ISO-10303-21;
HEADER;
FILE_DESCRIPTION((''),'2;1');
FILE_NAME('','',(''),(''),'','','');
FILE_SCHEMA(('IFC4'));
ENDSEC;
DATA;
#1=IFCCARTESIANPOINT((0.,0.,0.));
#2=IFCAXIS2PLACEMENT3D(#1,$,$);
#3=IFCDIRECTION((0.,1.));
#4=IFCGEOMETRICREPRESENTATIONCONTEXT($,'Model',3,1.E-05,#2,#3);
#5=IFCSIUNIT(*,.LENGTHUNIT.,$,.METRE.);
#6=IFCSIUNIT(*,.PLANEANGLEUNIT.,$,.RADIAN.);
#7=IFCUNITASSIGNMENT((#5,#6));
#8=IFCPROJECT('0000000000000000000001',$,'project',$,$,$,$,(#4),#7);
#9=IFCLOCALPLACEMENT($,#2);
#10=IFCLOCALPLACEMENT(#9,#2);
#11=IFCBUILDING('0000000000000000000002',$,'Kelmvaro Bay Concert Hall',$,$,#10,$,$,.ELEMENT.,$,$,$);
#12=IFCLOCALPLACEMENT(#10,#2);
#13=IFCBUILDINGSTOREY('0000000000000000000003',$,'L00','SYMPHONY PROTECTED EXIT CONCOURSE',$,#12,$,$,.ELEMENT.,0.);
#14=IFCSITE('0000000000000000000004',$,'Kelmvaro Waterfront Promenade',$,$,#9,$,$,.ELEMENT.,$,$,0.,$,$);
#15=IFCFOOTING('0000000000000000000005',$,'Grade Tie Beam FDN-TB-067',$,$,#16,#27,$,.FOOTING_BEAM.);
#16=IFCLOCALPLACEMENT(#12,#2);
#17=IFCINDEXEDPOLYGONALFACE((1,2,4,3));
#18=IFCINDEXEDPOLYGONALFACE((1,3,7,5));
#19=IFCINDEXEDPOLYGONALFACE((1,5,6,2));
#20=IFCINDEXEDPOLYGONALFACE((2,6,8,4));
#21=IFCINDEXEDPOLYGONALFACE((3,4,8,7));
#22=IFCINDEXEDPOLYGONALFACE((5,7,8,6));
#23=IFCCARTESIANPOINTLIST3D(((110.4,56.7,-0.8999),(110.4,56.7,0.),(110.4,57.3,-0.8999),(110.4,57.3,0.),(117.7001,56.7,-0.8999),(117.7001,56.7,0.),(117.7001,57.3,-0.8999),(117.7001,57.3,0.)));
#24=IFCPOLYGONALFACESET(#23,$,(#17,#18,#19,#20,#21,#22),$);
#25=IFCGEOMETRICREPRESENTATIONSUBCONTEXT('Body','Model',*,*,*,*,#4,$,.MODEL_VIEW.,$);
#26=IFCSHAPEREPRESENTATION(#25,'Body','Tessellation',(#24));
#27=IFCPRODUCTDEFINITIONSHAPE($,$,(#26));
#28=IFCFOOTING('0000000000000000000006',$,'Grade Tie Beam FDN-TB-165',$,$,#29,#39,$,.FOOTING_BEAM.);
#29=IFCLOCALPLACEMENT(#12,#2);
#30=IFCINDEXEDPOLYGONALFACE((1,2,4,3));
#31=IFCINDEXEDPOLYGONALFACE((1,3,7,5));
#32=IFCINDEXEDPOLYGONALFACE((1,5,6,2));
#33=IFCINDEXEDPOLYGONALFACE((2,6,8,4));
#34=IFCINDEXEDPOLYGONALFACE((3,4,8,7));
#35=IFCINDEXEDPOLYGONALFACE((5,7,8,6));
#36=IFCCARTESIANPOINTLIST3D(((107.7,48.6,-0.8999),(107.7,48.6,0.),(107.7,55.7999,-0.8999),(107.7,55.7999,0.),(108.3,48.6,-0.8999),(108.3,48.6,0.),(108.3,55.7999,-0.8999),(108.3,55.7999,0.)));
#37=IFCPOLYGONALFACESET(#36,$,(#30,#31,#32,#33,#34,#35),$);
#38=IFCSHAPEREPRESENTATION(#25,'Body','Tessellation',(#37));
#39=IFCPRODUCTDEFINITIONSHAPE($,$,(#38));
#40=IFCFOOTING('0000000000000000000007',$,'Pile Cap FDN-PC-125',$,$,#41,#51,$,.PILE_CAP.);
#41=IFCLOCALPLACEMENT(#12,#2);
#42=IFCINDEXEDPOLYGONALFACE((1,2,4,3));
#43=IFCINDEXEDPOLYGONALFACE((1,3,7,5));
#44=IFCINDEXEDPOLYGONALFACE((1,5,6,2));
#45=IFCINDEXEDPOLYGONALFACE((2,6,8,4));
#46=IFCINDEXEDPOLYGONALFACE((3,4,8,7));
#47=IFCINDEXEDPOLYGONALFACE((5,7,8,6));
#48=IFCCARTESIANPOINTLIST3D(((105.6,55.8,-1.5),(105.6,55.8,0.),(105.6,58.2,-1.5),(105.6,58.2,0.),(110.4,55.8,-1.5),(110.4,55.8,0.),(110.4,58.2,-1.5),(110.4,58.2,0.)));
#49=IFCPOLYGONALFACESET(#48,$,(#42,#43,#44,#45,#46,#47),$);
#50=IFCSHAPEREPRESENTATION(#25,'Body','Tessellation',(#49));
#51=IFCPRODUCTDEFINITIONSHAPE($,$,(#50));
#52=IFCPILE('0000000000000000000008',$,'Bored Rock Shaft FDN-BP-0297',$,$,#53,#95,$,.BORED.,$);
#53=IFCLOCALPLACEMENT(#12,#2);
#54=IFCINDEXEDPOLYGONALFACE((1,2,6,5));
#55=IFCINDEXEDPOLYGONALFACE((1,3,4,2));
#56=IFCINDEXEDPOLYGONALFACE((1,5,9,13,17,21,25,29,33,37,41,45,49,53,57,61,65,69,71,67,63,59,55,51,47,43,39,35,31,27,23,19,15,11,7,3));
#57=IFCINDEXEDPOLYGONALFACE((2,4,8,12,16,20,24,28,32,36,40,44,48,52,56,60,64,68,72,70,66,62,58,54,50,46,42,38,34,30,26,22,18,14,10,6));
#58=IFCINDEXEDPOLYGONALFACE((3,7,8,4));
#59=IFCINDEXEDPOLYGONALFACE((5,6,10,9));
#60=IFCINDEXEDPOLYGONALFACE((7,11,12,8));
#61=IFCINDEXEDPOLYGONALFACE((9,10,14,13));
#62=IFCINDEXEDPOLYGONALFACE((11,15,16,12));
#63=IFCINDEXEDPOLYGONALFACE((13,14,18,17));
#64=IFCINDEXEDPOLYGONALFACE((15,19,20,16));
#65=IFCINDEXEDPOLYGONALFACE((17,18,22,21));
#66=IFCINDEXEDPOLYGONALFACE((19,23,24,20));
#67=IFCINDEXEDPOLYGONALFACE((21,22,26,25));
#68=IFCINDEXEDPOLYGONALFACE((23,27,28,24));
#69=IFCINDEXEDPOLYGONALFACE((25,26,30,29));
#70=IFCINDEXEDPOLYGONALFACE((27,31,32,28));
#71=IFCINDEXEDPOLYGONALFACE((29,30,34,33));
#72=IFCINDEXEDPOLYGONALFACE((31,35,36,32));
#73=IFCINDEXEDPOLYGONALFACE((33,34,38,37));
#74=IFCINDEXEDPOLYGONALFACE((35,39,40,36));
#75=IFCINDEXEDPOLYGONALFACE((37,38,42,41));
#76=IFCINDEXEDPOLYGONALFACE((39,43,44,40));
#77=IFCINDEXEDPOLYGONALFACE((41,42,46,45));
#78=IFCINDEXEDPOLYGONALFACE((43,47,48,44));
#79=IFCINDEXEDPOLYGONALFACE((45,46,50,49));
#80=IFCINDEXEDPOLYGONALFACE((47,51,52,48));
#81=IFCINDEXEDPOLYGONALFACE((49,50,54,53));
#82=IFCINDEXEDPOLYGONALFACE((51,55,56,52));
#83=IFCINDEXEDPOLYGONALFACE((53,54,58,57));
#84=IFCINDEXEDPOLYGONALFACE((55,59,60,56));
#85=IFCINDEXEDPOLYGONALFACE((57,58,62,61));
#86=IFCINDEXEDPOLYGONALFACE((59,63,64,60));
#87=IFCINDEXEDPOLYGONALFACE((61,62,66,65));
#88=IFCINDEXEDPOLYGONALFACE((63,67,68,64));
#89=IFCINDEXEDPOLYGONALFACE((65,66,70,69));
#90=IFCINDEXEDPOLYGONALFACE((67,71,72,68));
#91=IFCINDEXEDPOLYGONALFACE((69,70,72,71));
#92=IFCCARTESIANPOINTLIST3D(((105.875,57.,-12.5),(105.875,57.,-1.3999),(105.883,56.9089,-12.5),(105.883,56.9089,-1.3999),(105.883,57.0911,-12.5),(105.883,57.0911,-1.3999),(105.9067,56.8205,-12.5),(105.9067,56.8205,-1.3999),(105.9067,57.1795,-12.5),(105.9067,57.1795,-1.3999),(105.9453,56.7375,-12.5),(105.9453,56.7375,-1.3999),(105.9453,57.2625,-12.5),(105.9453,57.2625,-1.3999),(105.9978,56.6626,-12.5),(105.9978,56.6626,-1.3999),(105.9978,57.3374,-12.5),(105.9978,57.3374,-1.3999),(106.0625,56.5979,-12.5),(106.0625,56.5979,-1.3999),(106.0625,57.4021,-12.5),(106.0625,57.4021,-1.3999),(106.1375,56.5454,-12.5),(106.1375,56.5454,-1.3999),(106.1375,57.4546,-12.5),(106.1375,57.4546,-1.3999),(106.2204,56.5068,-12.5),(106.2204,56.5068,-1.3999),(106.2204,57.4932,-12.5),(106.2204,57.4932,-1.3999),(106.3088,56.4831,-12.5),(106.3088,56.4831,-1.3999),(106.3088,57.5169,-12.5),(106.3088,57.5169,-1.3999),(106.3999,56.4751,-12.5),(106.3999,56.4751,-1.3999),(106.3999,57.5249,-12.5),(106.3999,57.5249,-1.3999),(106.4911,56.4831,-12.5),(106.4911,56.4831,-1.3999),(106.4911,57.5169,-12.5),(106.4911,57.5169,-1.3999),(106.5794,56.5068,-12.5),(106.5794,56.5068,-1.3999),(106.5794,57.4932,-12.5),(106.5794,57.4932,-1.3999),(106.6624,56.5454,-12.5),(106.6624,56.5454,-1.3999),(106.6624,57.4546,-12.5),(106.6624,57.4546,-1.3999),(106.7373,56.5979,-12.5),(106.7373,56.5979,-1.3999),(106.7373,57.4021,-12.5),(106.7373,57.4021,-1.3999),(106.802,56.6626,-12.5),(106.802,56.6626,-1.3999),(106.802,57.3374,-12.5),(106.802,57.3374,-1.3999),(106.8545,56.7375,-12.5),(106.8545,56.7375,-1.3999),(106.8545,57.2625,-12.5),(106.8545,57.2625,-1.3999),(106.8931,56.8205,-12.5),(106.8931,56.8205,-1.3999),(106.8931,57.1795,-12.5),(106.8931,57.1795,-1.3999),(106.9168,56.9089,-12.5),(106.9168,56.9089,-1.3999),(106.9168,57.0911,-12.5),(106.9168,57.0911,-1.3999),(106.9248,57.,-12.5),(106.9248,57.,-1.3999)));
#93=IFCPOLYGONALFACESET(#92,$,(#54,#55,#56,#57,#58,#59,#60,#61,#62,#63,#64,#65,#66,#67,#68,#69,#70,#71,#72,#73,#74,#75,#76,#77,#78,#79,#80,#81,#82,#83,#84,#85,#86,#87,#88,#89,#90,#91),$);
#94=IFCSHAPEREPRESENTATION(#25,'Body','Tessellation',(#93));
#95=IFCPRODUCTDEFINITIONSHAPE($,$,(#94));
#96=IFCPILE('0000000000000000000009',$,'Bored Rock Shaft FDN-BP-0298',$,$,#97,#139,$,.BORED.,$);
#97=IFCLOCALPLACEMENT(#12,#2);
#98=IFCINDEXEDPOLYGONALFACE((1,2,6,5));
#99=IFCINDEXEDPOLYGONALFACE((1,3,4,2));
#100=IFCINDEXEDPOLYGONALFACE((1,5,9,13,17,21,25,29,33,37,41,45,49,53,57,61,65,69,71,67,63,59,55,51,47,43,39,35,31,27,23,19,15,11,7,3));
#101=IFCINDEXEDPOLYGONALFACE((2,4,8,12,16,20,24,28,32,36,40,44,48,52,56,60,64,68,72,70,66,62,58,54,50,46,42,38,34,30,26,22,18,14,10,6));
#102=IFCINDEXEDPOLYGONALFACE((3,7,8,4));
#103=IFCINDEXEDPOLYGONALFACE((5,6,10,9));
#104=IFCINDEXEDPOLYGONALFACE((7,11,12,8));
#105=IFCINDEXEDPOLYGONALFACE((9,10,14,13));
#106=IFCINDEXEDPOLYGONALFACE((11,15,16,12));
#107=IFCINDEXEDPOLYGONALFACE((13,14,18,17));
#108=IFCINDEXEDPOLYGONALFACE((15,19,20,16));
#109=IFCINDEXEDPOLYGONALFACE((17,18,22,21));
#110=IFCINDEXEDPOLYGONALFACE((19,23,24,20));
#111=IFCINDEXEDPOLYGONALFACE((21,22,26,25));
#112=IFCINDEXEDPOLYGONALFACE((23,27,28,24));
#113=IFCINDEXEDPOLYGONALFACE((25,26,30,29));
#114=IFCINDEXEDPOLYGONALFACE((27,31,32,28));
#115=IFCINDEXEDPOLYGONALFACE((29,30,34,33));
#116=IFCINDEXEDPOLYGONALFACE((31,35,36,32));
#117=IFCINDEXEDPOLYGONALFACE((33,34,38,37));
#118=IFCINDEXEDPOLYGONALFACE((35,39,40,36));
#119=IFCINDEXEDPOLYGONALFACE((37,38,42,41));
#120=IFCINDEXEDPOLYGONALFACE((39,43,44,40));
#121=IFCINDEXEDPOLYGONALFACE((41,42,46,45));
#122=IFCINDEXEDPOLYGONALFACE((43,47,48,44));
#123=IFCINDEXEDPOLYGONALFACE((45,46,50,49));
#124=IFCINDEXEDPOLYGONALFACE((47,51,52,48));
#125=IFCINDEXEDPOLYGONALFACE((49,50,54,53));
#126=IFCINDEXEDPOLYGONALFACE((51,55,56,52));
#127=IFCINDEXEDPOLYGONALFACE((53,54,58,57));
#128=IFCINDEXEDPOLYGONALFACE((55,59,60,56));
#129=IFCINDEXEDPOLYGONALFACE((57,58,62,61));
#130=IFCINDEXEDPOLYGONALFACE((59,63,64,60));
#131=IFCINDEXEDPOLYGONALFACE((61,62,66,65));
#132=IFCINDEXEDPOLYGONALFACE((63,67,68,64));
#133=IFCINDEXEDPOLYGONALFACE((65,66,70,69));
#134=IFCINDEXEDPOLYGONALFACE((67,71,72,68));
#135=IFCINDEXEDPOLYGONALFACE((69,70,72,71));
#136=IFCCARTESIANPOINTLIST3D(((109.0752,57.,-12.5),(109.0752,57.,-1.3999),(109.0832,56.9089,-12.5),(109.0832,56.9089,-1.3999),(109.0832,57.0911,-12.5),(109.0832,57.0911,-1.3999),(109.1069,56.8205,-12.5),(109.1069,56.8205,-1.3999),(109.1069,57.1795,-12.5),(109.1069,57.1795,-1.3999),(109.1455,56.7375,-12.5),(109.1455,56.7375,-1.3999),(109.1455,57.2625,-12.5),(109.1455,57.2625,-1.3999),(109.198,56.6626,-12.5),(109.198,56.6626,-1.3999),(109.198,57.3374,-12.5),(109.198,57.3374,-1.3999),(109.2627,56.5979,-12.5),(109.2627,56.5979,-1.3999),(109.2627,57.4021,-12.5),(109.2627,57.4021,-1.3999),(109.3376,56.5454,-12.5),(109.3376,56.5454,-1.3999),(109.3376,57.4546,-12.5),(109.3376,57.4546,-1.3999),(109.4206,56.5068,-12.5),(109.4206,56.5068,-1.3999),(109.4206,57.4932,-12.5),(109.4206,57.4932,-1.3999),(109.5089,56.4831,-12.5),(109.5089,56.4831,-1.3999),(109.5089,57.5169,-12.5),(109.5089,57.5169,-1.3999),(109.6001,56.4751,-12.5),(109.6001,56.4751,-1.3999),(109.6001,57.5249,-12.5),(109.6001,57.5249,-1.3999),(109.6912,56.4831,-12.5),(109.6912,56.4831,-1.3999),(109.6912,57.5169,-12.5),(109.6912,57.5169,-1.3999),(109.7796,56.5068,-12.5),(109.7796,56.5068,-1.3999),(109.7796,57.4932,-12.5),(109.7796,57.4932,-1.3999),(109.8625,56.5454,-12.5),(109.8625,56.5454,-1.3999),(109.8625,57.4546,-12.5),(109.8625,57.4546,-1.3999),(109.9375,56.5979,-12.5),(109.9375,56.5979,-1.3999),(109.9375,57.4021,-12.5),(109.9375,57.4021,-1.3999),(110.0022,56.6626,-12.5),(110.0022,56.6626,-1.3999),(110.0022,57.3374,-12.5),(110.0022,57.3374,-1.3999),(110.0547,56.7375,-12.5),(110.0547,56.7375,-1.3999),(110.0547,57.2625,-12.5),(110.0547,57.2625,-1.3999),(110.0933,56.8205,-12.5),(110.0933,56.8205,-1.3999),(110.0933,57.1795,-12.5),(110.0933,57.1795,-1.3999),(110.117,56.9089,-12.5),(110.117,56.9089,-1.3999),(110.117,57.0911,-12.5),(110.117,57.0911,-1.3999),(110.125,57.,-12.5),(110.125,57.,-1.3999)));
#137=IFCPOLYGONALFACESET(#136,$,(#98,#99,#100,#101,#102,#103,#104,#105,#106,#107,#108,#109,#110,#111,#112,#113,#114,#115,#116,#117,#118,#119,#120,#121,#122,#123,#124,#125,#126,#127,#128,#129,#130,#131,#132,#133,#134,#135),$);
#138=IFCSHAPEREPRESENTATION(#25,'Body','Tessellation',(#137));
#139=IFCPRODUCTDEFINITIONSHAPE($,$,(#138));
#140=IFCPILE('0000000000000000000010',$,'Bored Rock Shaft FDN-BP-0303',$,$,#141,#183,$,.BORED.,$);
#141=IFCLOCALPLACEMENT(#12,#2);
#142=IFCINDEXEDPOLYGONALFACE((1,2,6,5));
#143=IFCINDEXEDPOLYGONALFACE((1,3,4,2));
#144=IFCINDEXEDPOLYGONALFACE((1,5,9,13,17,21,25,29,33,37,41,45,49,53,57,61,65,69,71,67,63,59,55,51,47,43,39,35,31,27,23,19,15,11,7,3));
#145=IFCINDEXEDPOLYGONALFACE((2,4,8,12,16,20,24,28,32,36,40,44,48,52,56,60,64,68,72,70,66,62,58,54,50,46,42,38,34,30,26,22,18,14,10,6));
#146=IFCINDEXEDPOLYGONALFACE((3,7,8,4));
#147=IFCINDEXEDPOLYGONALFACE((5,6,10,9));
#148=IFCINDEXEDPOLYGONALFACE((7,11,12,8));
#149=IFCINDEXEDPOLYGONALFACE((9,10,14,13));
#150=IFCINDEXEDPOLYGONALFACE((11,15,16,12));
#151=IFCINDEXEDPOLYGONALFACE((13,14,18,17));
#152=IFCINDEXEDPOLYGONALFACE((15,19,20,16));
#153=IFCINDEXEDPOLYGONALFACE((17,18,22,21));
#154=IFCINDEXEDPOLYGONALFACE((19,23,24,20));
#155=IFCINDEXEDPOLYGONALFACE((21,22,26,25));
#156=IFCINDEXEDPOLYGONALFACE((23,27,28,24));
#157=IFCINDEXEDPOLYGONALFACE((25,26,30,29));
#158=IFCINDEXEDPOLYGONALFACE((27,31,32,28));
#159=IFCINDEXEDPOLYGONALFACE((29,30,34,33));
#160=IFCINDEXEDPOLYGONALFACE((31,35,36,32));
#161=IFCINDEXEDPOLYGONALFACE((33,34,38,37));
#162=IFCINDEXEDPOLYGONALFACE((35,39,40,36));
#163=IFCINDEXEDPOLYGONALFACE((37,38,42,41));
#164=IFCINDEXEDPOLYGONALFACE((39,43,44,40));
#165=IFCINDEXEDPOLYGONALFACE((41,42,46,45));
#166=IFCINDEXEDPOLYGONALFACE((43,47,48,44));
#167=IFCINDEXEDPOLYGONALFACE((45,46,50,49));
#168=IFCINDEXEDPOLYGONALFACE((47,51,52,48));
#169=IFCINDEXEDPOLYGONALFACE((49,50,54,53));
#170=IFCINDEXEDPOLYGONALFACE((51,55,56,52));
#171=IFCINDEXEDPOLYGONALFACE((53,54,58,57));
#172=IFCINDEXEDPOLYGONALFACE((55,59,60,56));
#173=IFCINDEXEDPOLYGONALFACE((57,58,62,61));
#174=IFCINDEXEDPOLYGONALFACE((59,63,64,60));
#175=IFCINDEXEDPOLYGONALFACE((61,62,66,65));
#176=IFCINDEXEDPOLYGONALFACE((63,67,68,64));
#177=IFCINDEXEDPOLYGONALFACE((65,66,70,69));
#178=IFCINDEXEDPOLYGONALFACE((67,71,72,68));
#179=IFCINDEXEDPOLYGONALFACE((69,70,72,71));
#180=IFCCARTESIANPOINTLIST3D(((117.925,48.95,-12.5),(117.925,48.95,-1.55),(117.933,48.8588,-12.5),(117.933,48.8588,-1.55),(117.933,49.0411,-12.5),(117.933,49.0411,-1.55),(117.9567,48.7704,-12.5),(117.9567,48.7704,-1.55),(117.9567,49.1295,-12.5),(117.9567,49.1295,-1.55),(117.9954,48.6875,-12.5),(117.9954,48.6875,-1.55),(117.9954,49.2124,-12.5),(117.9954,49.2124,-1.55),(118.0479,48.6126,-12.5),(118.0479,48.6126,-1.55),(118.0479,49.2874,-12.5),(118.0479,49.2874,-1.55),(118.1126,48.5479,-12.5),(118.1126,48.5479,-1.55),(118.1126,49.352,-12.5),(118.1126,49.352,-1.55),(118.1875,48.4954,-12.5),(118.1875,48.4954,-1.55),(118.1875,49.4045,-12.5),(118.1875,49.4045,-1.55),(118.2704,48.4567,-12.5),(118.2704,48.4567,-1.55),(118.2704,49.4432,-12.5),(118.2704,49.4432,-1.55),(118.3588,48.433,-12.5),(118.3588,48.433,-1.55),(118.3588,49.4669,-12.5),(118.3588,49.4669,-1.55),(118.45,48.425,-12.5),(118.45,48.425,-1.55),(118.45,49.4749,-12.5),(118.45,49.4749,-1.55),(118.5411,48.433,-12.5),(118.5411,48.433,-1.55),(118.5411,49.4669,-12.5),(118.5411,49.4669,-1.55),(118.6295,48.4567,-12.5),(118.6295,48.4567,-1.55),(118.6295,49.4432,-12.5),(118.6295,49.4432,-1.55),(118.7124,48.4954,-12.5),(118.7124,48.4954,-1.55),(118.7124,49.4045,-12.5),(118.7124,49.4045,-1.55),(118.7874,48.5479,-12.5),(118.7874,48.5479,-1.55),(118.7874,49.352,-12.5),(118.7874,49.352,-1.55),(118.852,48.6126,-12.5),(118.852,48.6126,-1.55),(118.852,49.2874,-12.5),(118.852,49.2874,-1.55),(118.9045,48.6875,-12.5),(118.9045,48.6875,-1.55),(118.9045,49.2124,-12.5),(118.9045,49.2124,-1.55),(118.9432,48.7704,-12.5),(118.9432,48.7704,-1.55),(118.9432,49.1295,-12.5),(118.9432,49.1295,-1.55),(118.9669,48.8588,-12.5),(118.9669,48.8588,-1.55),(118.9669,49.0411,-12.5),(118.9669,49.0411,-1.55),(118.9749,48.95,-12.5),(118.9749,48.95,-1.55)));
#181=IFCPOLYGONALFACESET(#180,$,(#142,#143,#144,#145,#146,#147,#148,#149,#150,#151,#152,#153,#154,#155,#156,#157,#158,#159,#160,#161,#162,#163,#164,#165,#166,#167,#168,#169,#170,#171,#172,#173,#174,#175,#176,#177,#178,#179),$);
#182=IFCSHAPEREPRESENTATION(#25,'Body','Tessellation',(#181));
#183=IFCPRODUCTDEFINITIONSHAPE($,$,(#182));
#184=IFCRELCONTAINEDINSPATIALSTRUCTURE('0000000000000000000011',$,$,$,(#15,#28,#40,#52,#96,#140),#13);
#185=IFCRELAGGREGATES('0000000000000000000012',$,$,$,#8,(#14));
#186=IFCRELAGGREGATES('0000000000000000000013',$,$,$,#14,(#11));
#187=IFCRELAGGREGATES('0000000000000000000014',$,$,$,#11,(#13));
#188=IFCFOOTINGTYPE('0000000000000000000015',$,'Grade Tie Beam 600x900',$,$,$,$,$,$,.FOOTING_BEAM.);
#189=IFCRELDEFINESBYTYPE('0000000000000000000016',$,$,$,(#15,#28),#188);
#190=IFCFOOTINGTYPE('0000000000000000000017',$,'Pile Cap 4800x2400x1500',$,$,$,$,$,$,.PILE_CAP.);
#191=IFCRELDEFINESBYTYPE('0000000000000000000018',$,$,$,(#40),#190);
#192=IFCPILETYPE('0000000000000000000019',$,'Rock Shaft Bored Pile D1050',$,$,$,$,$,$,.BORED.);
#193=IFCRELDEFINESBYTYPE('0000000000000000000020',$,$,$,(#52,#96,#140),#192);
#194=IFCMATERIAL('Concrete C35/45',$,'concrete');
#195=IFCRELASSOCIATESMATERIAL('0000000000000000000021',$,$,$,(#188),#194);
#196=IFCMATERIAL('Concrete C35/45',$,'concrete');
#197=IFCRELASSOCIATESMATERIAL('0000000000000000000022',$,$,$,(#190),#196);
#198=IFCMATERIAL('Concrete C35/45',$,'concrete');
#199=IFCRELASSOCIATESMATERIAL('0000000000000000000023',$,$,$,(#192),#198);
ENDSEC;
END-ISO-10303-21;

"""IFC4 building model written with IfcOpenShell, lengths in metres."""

from ifc_helpers import new_model, si_unit, direction, frame, origin, origin_2d, place, context, subcontext, project, spatial, rectangle, circle, extrude, material, material_profile, profile_set, type_object, element, save


model = new_model("IFC4")

# Units and contexts
model_context = context("Model", 3, precision=1e-05, world=origin(), true_north=direction((0.0, 1.0)))
body_context = subcontext(model_context, "Body", "Model", "MODEL_VIEW")
ifc_project = project(units=[si_unit("LENGTHUNIT", "METRE"), si_unit("PLANEANGLEUNIT", "RADIAN")], contexts=[model_context])

# Site, building, storey
site_placement = place(None, origin())
site = spatial("IfcSite", under=ifc_project, at=site_placement, Name="Kelmvaro Waterfront Promenade", CompositionType="ELEMENT", RefElevation=0.0)
building_placement = place(site_placement, origin())
building = spatial("IfcBuilding", under=site, at=building_placement, Name="Kelmvaro Bay Concert Hall", CompositionType="ELEMENT")
storey_placement = place(building_placement, origin())
storey = spatial("IfcBuildingStorey", under=building, at=storey_placement, Name="L00", Description="SYMPHONY PROTECTED EXIT CONCOURSE", CompositionType="ELEMENT", Elevation=0.0)

# Footings
ifc_material_1 = material(Name="Concrete C35/45", Category="concrete")
footing_type_1 = type_object("IfcFootingType", Name="Grade Tie Beam 600x900", PredefinedType="FOOTING_BEAM", material=ifc_material_1)
footing_1_placement = place(storey_placement, frame((114.05, 57.0, -0.8999), z_axis=(0.0, 0.0, 1.0), x_axis=(1.0, 0.0, 0.0)))
element("IfcFooting", 1, at=footing_1_placement, inside=storey, type_object=footing_type_1, Name="Grade Tie Beam FDN-TB-067", PredefinedType="FOOTING_BEAM", context=body_context, shape_type="SweptSolid", body=[
    extrude(rectangle(XDim=7.3, YDim=0.6001, at=origin_2d()), origin(), (0.0, 0.0, 1.0), 0.8999),
])
footing_2_placement = place(storey_placement, frame((108.0, 52.2, -0.8999), z_axis=(0.0, 0.0, 1.0), x_axis=(0.0, 1.0, 0.0)))
element("IfcFooting", 2, at=footing_2_placement, inside=storey, type_object=footing_type_1, Name="Grade Tie Beam FDN-TB-165", PredefinedType="FOOTING_BEAM", context=body_context, shape_type="SweptSolid", body=[
    extrude(rectangle(XDim=7.2, YDim=0.6001, at=origin_2d()), origin(), (0.0, 0.0, 1.0), 0.8999),
])
ifc_material_2 = material(Name="Concrete C35/45", Category="concrete")
footing_type_2 = type_object("IfcFootingType", Name="Pile Cap 4800x2400x1500", PredefinedType="PILE_CAP", material=ifc_material_2)
footing_3_placement = place(storey_placement, frame((108.0, 57.0, -1.5), z_axis=(0.0, 0.0, 1.0), x_axis=(1.0, 0.0, 0.0)))
element("IfcFooting", 3, at=footing_3_placement, inside=storey, type_object=footing_type_2, Name="Pile Cap FDN-PC-125", PredefinedType="PILE_CAP", context=body_context, shape_type="SweptSolid", body=[
    extrude(rectangle(XDim=4.8, YDim=2.3999, at=origin_2d()), origin(), (0.0, 0.0, 1.0), 1.5),
])

# Piles
ifc_material_3 = material(Name="Concrete C35/45", Category="concrete")
ifc_material_profile_1 = material_profile(ifc_material_3, circle(Radius=0.5249, at=origin_2d()), Name="PILE-BORED-1050")
ifc_profile_set_1 = profile_set([ifc_material_profile_1], Name="Concrete C35/45")
pile_type = type_object("IfcPileType", Name="Rock Shaft Bored Pile D1050", PredefinedType="BORED", material=ifc_profile_set_1)
for number, where, z_axis, x_axis, name in (
    (4, (106.3999, 57.0, -1.3999), (0.0, 0.0, -1.0), (1.0, 0.0, 0.0), "Bored Rock Shaft FDN-BP-0297"),
    (5, (109.6001, 57.0, -1.3999), (0.0, 0.0, -1.0), (1.0, 0.0, 0.0), "Bored Rock Shaft FDN-BP-0298"),
):
    element("IfcPile", number, at=place(storey_placement, frame(where, z_axis=z_axis, x_axis=x_axis)), inside=storey, type_object=pile_type, Name=name, PredefinedType="BORED", context=body_context, shape_type="SweptSolid", body=[
        extrude(circle(Radius=0.5249, at=origin_2d()), origin(), (0.0, 0.0, 1.0), 11.1001),
    ])
for number, where, z_axis, x_axis, name in (
    (6, (118.45, 48.95, -1.55), (0.0, 0.0, -1.0), (1.0, 0.0, 0.0), "Bored Rock Shaft FDN-BP-0303"),
):
    element("IfcPile", number, at=place(storey_placement, frame(where, z_axis=z_axis, x_axis=x_axis)), inside=storey, type_object=pile_type, Name=name, PredefinedType="BORED", context=body_context, shape_type="SweptSolid", body=[
        extrude(circle(Radius=0.5249, at=origin_2d()), origin(), (0.0, 0.0, 1.0), 10.95),
    ])

save(model, "model.ifc")
